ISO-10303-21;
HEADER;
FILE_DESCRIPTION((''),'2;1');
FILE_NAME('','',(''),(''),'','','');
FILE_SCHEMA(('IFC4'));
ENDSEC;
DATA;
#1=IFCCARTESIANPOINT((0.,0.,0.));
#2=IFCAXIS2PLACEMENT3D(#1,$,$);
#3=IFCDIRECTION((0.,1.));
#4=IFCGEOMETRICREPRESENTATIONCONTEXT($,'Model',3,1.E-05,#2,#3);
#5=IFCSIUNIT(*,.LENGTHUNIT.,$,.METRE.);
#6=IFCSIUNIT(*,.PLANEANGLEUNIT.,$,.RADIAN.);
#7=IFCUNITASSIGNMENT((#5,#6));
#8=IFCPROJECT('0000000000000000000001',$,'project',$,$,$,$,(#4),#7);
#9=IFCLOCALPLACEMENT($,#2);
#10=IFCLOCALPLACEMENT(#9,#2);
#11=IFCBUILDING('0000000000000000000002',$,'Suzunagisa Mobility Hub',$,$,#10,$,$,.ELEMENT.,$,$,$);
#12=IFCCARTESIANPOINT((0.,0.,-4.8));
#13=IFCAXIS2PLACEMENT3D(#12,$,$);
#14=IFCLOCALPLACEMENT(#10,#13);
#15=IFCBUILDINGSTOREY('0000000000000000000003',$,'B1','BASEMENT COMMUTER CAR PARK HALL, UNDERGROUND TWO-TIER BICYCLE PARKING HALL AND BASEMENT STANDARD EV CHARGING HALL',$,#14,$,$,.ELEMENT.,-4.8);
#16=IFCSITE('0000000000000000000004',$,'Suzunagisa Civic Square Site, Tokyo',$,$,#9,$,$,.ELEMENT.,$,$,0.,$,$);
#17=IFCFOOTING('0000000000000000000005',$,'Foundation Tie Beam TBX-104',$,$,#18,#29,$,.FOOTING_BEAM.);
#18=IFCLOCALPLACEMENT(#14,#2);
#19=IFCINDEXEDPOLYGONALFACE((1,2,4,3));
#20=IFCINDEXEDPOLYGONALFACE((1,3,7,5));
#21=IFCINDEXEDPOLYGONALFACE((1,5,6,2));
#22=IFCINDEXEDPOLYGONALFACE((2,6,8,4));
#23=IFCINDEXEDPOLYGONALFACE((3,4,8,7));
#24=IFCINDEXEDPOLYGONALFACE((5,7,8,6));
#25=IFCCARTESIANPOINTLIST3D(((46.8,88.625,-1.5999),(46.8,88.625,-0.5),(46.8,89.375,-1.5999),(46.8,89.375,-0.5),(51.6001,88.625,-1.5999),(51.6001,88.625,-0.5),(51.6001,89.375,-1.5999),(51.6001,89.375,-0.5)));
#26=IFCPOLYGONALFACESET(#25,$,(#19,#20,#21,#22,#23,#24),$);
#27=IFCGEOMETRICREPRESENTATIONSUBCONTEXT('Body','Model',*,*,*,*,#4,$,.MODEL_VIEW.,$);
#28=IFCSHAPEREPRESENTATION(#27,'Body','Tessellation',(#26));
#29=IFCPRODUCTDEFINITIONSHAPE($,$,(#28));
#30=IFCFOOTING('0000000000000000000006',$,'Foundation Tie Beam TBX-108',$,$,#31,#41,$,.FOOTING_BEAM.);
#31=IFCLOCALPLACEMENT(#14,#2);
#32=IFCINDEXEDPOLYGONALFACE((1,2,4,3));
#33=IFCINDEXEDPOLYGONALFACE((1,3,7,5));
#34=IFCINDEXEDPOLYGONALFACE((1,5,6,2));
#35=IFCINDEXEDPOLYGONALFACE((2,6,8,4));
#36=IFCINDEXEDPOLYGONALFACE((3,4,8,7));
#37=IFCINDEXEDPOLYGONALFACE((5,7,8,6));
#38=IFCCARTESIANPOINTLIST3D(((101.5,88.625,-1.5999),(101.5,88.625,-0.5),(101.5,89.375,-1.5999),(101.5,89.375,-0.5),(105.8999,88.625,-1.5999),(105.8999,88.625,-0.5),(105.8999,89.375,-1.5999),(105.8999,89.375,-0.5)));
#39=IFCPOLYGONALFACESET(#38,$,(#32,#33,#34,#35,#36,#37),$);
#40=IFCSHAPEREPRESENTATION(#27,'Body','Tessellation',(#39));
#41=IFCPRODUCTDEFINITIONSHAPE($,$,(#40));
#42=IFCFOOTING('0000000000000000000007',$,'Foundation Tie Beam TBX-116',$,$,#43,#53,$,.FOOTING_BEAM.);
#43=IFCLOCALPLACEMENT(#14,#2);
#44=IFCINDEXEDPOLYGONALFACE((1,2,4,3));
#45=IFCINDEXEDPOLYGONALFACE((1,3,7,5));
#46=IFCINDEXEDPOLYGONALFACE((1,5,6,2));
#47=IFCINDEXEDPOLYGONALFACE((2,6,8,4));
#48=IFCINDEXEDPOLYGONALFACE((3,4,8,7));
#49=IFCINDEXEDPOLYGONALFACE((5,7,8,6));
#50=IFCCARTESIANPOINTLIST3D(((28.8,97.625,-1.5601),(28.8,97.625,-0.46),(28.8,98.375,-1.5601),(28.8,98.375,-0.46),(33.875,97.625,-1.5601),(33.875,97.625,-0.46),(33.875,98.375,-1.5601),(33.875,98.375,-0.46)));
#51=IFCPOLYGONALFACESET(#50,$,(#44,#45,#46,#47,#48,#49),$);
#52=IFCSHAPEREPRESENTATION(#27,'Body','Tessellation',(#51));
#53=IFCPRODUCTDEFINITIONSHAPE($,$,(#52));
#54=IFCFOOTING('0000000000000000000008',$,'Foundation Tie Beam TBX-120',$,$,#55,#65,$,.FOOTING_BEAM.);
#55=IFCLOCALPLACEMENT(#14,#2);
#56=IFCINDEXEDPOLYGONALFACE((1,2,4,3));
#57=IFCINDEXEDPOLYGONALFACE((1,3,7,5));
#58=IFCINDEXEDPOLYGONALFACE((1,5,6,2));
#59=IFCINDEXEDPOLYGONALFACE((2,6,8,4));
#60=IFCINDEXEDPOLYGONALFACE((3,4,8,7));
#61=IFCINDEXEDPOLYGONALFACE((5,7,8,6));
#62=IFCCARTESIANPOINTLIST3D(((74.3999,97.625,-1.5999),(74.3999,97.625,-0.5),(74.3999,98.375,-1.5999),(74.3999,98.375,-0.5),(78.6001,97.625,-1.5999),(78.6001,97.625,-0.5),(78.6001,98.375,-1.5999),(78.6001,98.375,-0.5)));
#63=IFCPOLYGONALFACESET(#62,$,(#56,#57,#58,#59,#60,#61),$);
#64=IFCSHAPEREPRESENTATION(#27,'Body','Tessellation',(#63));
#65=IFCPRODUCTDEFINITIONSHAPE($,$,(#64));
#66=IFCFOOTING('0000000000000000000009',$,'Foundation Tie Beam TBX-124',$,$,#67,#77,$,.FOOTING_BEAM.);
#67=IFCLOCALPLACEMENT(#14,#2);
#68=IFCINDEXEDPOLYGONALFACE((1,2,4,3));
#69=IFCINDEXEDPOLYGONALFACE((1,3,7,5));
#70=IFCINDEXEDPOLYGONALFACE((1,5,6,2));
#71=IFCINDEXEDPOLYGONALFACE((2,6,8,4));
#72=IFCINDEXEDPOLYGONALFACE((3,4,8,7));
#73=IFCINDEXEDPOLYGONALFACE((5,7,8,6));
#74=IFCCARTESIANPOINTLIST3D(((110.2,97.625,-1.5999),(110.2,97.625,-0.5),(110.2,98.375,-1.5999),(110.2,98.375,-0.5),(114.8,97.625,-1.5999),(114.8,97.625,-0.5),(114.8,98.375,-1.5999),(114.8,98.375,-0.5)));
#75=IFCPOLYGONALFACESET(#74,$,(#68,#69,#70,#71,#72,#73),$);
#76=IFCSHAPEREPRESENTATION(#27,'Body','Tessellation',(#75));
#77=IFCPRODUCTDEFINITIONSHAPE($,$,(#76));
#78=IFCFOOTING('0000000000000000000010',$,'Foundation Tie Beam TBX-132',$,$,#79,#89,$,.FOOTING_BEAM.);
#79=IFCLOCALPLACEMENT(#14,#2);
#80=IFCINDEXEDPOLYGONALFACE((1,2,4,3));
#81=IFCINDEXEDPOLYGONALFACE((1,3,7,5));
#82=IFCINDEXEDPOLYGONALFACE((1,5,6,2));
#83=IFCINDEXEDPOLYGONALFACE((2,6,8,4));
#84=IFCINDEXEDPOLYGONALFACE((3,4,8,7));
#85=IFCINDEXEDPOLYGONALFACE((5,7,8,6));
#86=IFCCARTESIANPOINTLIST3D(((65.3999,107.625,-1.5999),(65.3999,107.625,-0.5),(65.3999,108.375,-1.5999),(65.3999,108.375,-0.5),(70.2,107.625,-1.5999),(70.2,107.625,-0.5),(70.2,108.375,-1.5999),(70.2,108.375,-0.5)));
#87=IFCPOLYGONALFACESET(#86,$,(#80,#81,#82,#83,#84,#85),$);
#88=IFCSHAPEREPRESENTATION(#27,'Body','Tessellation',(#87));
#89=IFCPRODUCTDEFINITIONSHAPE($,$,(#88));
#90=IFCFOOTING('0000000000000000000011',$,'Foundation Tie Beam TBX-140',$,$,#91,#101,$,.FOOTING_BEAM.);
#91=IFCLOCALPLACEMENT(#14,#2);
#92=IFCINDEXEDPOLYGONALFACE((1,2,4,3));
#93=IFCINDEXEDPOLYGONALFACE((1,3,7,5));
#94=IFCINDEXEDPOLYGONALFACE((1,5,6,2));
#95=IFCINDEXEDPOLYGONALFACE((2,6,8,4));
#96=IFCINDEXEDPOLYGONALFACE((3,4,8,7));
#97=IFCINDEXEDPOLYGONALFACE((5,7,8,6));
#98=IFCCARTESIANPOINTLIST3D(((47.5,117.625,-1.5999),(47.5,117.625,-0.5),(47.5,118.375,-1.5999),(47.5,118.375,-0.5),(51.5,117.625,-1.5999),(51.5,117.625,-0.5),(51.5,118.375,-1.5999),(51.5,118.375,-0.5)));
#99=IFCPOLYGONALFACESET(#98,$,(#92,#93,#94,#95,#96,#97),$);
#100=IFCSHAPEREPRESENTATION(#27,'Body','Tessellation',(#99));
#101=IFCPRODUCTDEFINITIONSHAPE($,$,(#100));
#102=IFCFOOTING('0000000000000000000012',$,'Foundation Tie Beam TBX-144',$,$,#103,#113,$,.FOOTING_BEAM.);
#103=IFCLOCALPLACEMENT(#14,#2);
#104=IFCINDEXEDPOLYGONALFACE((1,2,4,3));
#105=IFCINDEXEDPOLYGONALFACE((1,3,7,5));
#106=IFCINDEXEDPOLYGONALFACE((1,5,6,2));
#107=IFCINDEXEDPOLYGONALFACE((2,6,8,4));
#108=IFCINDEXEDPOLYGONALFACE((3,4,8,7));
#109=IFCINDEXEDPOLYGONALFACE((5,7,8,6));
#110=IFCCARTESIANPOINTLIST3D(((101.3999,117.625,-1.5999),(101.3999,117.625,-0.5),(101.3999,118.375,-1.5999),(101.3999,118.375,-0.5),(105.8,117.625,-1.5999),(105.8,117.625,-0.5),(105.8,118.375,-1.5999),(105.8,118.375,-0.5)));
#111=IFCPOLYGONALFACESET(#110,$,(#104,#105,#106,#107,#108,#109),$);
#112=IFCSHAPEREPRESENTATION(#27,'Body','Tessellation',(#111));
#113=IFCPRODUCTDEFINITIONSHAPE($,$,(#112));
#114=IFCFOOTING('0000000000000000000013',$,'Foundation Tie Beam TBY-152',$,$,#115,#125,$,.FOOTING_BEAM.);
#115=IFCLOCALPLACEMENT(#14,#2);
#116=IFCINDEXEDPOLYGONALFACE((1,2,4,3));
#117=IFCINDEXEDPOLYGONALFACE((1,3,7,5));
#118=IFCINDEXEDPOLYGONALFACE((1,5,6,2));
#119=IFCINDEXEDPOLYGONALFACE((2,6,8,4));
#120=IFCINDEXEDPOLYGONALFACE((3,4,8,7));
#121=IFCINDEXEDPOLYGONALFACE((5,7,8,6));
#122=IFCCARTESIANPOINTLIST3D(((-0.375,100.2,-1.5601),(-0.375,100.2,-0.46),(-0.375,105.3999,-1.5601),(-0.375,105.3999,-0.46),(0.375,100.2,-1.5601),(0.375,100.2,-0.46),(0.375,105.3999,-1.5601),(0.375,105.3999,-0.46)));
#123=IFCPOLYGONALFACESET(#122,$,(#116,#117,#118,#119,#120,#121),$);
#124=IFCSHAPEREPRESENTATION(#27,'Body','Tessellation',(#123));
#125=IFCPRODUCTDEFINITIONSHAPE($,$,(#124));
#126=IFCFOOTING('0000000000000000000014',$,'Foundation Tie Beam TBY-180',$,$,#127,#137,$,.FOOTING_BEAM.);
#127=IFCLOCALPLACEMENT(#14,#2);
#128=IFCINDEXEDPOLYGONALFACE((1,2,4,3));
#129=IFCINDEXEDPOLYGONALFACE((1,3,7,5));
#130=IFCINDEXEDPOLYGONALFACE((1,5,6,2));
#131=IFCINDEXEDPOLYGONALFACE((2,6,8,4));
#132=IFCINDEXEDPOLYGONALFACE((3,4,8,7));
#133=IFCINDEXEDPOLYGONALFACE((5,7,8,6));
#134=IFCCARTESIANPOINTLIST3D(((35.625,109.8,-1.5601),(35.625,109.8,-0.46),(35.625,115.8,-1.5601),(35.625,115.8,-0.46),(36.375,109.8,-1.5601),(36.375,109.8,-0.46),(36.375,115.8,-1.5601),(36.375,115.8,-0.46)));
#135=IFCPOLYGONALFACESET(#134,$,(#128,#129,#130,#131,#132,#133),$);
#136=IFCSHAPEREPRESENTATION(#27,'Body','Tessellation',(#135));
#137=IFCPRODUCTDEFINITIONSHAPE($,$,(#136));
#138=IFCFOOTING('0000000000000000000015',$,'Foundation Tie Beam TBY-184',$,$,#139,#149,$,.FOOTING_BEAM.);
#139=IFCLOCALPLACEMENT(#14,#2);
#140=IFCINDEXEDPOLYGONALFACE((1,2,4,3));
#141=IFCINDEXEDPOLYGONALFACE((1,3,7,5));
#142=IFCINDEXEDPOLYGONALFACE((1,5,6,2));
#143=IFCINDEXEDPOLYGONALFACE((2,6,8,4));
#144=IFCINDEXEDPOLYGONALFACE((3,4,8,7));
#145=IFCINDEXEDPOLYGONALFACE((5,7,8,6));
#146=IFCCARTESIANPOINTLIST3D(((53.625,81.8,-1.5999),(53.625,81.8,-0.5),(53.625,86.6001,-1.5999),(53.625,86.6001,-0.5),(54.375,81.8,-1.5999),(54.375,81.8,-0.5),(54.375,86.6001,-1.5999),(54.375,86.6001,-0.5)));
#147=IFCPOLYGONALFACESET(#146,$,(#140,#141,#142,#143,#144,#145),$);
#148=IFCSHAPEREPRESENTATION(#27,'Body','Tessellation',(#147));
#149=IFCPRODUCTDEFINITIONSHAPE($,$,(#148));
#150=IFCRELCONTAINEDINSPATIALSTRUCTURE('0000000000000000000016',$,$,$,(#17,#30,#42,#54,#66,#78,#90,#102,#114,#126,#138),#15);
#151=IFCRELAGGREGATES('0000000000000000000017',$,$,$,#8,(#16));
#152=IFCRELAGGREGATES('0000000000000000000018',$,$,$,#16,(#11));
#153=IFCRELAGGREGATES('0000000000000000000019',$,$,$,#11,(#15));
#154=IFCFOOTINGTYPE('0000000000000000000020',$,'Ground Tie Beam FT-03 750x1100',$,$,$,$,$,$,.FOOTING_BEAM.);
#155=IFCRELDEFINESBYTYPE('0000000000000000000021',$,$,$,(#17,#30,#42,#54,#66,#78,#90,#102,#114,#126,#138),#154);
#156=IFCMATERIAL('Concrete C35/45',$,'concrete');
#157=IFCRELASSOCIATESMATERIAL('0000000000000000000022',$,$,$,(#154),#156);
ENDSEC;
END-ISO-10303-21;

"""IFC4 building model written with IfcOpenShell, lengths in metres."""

from ifc_helpers import new_model, si_unit, direction, frame, origin, place, context, subcontext, project, spatial, polyline, outline, extrude, material, type_object, element, save


model = new_model("IFC4")

# Units and contexts
model_context = context("Model", 3, precision=1e-05, world=origin(), true_north=direction((0.0, 1.0)))
body_context = subcontext(model_context, "Body", "Model", "MODEL_VIEW")
ifc_project = project(units=[si_unit("LENGTHUNIT", "METRE"), si_unit("PLANEANGLEUNIT", "RADIAN")], contexts=[model_context])

# Site, building, storey
site_placement = place(None, origin())
site = spatial("IfcSite", under=ifc_project, at=site_placement, Name="Suzunagisa Civic Square Site, Tokyo", CompositionType="ELEMENT", RefElevation=0.0)
building_placement = place(site_placement, origin())
building = spatial("IfcBuilding", under=site, at=building_placement, Name="Suzunagisa Mobility Hub", CompositionType="ELEMENT")
storey_placement = place(building_placement, frame((0.0, 0.0, -4.8)))
storey = spatial("IfcBuildingStorey", under=building, at=storey_placement, Name="B1", Description="BASEMENT COMMUTER CAR PARK HALL, UNDERGROUND TWO-TIER BICYCLE PARKING HALL AND BASEMENT STANDARD EV CHARGING HALL", CompositionType="ELEMENT", Elevation=-4.8)

# Footings
ifc_material_1 = material(Name="Concrete C35/45", Category="concrete")
footing_type = type_object("IfcFootingType", Name="Ground Tie Beam FT-03 750x1100", PredefinedType="FOOTING_BEAM", material=ifc_material_1)
footing_1_placement = place(storey_placement, frame((0.0, 0.0, -1.5999)))
element("IfcFooting", 1, at=footing_1_placement, inside=storey, type_object=footing_type, Name="Foundation Tie Beam TBX-104", PredefinedType="FOOTING_BEAM", context=body_context, shape_type="SweptSolid", body=[
    extrude(outline(polyline([(46.8, 88.625), (51.6001, 88.625), (51.6001, 89.375), (46.8, 89.375), (46.8, 88.625)])), origin(), (0.0, 0.0, 1.0), 1.0999),
])
footing_2_placement = place(storey_placement, frame((0.0, 0.0, -1.5999)))
element("IfcFooting", 2, at=footing_2_placement, inside=storey, type_object=footing_type, Name="Foundation Tie Beam TBX-108", PredefinedType="FOOTING_BEAM", context=body_context, shape_type="SweptSolid", body=[
    extrude(outline(polyline([(101.5, 88.625), (105.8999, 88.625), (105.8999, 89.375), (101.5, 89.375), (101.5, 88.625)])), origin(), (0.0, 0.0, 1.0), 1.0999),
])
footing_3_placement = place(storey_placement, frame((0.0, 0.0, -1.5601)))
element("IfcFooting", 3, at=footing_3_placement, inside=storey, type_object=footing_type, Name="Foundation Tie Beam TBX-116", PredefinedType="FOOTING_BEAM", context=body_context, shape_type="SweptSolid", body=[
    extrude(outline(polyline([(28.8, 97.625), (33.875, 97.625), (33.875, 98.375), (28.8, 98.375), (28.8, 97.625)])), origin(), (0.0, 0.0, 1.0), 1.1001),
])
footing_4_placement = place(storey_placement, frame((0.0, 0.0, -1.5999)))
element("IfcFooting", 4, at=footing_4_placement, inside=storey, type_object=footing_type, Name="Foundation Tie Beam TBX-120", PredefinedType="FOOTING_BEAM", context=body_context, shape_type="SweptSolid", body=[
    extrude(outline(polyline([(74.3999, 97.625), (78.6001, 97.625), (78.6001, 98.375), (74.3999, 98.375), (74.3999, 97.625)])), origin(), (0.0, 0.0, 1.0), 1.0999),
])
footing_5_placement = place(storey_placement, frame((0.0, 0.0, -1.5999)))
element("IfcFooting", 5, at=footing_5_placement, inside=storey, type_object=footing_type, Name="Foundation Tie Beam TBX-124", PredefinedType="FOOTING_BEAM", context=body_context, shape_type="SweptSolid", body=[
    extrude(outline(polyline([(110.2, 97.625), (114.8, 97.625), (114.8, 98.375), (110.2, 98.375), (110.2, 97.625)])), origin(), (0.0, 0.0, 1.0), 1.0999),
])
footing_6_placement = place(storey_placement, frame((0.0, 0.0, -1.5999)))
element("IfcFooting", 6, at=footing_6_placement, inside=storey, type_object=footing_type, Name="Foundation Tie Beam TBX-132", PredefinedType="FOOTING_BEAM", context=body_context, shape_type="SweptSolid", body=[
    extrude(outline(polyline([(65.3999, 107.625), (70.2, 107.625), (70.2, 108.375), (65.3999, 108.375), (65.3999, 107.625)])), origin(), (0.0, 0.0, 1.0), 1.0999),
])
footing_7_placement = place(storey_placement, frame((0.0, 0.0, -1.5999)))
element("IfcFooting", 7, at=footing_7_placement, inside=storey, type_object=footing_type, Name="Foundation Tie Beam TBX-140", PredefinedType="FOOTING_BEAM", context=body_context, shape_type="SweptSolid", body=[
    extrude(outline(polyline([(47.5, 117.625), (51.5, 117.625), (51.5, 118.375), (47.5, 118.375), (47.5, 117.625)])), origin(), (0.0, 0.0, 1.0), 1.0999),
])
footing_8_placement = place(storey_placement, frame((0.0, 0.0, -1.5999)))
element("IfcFooting", 8, at=footing_8_placement, inside=storey, type_object=footing_type, Name="Foundation Tie Beam TBX-144", PredefinedType="FOOTING_BEAM", context=body_context, shape_type="SweptSolid", body=[
    extrude(outline(polyline([(101.3999, 117.625), (105.8, 117.625), (105.8, 118.375), (101.3999, 118.375), (101.3999, 117.625)])), origin(), (0.0, 0.0, 1.0), 1.0999),
])
footing_9_placement = place(storey_placement, frame((0.0, 0.0, -1.5601)))
element("IfcFooting", 9, at=footing_9_placement, inside=storey, type_object=footing_type, Name="Foundation Tie Beam TBY-152", PredefinedType="FOOTING_BEAM", context=body_context, shape_type="SweptSolid", body=[
    extrude(outline(polyline([(-0.375, 100.2), (0.375, 100.2), (0.375, 105.3999), (-0.375, 105.3999), (-0.375, 100.2)])), origin(), (0.0, 0.0, 1.0), 1.1001),
])
footing_10_placement = place(storey_placement, frame((0.0, 0.0, -1.5601)))
element("IfcFooting", 10, at=footing_10_placement, inside=storey, type_object=footing_type, Name="Foundation Tie Beam TBY-180", PredefinedType="FOOTING_BEAM", context=body_context, shape_type="SweptSolid", body=[
    extrude(outline(polyline([(35.625, 109.8), (36.375, 109.8), (36.375, 115.8), (35.625, 115.8), (35.625, 109.8)])), origin(), (0.0, 0.0, 1.0), 1.1001),
])
footing_11_placement = place(storey_placement, frame((0.0, 0.0, -1.5999)))
element("IfcFooting", 11, at=footing_11_placement, inside=storey, type_object=footing_type, Name="Foundation Tie Beam TBY-184", PredefinedType="FOOTING_BEAM", context=body_context, shape_type="SweptSolid", body=[
    extrude(outline(polyline([(53.625, 81.8), (54.375, 81.8), (54.375, 86.6001), (53.625, 86.6001), (53.625, 81.8)])), origin(), (0.0, 0.0, 1.0), 1.0999),
])

save(model, "model.ifc")
